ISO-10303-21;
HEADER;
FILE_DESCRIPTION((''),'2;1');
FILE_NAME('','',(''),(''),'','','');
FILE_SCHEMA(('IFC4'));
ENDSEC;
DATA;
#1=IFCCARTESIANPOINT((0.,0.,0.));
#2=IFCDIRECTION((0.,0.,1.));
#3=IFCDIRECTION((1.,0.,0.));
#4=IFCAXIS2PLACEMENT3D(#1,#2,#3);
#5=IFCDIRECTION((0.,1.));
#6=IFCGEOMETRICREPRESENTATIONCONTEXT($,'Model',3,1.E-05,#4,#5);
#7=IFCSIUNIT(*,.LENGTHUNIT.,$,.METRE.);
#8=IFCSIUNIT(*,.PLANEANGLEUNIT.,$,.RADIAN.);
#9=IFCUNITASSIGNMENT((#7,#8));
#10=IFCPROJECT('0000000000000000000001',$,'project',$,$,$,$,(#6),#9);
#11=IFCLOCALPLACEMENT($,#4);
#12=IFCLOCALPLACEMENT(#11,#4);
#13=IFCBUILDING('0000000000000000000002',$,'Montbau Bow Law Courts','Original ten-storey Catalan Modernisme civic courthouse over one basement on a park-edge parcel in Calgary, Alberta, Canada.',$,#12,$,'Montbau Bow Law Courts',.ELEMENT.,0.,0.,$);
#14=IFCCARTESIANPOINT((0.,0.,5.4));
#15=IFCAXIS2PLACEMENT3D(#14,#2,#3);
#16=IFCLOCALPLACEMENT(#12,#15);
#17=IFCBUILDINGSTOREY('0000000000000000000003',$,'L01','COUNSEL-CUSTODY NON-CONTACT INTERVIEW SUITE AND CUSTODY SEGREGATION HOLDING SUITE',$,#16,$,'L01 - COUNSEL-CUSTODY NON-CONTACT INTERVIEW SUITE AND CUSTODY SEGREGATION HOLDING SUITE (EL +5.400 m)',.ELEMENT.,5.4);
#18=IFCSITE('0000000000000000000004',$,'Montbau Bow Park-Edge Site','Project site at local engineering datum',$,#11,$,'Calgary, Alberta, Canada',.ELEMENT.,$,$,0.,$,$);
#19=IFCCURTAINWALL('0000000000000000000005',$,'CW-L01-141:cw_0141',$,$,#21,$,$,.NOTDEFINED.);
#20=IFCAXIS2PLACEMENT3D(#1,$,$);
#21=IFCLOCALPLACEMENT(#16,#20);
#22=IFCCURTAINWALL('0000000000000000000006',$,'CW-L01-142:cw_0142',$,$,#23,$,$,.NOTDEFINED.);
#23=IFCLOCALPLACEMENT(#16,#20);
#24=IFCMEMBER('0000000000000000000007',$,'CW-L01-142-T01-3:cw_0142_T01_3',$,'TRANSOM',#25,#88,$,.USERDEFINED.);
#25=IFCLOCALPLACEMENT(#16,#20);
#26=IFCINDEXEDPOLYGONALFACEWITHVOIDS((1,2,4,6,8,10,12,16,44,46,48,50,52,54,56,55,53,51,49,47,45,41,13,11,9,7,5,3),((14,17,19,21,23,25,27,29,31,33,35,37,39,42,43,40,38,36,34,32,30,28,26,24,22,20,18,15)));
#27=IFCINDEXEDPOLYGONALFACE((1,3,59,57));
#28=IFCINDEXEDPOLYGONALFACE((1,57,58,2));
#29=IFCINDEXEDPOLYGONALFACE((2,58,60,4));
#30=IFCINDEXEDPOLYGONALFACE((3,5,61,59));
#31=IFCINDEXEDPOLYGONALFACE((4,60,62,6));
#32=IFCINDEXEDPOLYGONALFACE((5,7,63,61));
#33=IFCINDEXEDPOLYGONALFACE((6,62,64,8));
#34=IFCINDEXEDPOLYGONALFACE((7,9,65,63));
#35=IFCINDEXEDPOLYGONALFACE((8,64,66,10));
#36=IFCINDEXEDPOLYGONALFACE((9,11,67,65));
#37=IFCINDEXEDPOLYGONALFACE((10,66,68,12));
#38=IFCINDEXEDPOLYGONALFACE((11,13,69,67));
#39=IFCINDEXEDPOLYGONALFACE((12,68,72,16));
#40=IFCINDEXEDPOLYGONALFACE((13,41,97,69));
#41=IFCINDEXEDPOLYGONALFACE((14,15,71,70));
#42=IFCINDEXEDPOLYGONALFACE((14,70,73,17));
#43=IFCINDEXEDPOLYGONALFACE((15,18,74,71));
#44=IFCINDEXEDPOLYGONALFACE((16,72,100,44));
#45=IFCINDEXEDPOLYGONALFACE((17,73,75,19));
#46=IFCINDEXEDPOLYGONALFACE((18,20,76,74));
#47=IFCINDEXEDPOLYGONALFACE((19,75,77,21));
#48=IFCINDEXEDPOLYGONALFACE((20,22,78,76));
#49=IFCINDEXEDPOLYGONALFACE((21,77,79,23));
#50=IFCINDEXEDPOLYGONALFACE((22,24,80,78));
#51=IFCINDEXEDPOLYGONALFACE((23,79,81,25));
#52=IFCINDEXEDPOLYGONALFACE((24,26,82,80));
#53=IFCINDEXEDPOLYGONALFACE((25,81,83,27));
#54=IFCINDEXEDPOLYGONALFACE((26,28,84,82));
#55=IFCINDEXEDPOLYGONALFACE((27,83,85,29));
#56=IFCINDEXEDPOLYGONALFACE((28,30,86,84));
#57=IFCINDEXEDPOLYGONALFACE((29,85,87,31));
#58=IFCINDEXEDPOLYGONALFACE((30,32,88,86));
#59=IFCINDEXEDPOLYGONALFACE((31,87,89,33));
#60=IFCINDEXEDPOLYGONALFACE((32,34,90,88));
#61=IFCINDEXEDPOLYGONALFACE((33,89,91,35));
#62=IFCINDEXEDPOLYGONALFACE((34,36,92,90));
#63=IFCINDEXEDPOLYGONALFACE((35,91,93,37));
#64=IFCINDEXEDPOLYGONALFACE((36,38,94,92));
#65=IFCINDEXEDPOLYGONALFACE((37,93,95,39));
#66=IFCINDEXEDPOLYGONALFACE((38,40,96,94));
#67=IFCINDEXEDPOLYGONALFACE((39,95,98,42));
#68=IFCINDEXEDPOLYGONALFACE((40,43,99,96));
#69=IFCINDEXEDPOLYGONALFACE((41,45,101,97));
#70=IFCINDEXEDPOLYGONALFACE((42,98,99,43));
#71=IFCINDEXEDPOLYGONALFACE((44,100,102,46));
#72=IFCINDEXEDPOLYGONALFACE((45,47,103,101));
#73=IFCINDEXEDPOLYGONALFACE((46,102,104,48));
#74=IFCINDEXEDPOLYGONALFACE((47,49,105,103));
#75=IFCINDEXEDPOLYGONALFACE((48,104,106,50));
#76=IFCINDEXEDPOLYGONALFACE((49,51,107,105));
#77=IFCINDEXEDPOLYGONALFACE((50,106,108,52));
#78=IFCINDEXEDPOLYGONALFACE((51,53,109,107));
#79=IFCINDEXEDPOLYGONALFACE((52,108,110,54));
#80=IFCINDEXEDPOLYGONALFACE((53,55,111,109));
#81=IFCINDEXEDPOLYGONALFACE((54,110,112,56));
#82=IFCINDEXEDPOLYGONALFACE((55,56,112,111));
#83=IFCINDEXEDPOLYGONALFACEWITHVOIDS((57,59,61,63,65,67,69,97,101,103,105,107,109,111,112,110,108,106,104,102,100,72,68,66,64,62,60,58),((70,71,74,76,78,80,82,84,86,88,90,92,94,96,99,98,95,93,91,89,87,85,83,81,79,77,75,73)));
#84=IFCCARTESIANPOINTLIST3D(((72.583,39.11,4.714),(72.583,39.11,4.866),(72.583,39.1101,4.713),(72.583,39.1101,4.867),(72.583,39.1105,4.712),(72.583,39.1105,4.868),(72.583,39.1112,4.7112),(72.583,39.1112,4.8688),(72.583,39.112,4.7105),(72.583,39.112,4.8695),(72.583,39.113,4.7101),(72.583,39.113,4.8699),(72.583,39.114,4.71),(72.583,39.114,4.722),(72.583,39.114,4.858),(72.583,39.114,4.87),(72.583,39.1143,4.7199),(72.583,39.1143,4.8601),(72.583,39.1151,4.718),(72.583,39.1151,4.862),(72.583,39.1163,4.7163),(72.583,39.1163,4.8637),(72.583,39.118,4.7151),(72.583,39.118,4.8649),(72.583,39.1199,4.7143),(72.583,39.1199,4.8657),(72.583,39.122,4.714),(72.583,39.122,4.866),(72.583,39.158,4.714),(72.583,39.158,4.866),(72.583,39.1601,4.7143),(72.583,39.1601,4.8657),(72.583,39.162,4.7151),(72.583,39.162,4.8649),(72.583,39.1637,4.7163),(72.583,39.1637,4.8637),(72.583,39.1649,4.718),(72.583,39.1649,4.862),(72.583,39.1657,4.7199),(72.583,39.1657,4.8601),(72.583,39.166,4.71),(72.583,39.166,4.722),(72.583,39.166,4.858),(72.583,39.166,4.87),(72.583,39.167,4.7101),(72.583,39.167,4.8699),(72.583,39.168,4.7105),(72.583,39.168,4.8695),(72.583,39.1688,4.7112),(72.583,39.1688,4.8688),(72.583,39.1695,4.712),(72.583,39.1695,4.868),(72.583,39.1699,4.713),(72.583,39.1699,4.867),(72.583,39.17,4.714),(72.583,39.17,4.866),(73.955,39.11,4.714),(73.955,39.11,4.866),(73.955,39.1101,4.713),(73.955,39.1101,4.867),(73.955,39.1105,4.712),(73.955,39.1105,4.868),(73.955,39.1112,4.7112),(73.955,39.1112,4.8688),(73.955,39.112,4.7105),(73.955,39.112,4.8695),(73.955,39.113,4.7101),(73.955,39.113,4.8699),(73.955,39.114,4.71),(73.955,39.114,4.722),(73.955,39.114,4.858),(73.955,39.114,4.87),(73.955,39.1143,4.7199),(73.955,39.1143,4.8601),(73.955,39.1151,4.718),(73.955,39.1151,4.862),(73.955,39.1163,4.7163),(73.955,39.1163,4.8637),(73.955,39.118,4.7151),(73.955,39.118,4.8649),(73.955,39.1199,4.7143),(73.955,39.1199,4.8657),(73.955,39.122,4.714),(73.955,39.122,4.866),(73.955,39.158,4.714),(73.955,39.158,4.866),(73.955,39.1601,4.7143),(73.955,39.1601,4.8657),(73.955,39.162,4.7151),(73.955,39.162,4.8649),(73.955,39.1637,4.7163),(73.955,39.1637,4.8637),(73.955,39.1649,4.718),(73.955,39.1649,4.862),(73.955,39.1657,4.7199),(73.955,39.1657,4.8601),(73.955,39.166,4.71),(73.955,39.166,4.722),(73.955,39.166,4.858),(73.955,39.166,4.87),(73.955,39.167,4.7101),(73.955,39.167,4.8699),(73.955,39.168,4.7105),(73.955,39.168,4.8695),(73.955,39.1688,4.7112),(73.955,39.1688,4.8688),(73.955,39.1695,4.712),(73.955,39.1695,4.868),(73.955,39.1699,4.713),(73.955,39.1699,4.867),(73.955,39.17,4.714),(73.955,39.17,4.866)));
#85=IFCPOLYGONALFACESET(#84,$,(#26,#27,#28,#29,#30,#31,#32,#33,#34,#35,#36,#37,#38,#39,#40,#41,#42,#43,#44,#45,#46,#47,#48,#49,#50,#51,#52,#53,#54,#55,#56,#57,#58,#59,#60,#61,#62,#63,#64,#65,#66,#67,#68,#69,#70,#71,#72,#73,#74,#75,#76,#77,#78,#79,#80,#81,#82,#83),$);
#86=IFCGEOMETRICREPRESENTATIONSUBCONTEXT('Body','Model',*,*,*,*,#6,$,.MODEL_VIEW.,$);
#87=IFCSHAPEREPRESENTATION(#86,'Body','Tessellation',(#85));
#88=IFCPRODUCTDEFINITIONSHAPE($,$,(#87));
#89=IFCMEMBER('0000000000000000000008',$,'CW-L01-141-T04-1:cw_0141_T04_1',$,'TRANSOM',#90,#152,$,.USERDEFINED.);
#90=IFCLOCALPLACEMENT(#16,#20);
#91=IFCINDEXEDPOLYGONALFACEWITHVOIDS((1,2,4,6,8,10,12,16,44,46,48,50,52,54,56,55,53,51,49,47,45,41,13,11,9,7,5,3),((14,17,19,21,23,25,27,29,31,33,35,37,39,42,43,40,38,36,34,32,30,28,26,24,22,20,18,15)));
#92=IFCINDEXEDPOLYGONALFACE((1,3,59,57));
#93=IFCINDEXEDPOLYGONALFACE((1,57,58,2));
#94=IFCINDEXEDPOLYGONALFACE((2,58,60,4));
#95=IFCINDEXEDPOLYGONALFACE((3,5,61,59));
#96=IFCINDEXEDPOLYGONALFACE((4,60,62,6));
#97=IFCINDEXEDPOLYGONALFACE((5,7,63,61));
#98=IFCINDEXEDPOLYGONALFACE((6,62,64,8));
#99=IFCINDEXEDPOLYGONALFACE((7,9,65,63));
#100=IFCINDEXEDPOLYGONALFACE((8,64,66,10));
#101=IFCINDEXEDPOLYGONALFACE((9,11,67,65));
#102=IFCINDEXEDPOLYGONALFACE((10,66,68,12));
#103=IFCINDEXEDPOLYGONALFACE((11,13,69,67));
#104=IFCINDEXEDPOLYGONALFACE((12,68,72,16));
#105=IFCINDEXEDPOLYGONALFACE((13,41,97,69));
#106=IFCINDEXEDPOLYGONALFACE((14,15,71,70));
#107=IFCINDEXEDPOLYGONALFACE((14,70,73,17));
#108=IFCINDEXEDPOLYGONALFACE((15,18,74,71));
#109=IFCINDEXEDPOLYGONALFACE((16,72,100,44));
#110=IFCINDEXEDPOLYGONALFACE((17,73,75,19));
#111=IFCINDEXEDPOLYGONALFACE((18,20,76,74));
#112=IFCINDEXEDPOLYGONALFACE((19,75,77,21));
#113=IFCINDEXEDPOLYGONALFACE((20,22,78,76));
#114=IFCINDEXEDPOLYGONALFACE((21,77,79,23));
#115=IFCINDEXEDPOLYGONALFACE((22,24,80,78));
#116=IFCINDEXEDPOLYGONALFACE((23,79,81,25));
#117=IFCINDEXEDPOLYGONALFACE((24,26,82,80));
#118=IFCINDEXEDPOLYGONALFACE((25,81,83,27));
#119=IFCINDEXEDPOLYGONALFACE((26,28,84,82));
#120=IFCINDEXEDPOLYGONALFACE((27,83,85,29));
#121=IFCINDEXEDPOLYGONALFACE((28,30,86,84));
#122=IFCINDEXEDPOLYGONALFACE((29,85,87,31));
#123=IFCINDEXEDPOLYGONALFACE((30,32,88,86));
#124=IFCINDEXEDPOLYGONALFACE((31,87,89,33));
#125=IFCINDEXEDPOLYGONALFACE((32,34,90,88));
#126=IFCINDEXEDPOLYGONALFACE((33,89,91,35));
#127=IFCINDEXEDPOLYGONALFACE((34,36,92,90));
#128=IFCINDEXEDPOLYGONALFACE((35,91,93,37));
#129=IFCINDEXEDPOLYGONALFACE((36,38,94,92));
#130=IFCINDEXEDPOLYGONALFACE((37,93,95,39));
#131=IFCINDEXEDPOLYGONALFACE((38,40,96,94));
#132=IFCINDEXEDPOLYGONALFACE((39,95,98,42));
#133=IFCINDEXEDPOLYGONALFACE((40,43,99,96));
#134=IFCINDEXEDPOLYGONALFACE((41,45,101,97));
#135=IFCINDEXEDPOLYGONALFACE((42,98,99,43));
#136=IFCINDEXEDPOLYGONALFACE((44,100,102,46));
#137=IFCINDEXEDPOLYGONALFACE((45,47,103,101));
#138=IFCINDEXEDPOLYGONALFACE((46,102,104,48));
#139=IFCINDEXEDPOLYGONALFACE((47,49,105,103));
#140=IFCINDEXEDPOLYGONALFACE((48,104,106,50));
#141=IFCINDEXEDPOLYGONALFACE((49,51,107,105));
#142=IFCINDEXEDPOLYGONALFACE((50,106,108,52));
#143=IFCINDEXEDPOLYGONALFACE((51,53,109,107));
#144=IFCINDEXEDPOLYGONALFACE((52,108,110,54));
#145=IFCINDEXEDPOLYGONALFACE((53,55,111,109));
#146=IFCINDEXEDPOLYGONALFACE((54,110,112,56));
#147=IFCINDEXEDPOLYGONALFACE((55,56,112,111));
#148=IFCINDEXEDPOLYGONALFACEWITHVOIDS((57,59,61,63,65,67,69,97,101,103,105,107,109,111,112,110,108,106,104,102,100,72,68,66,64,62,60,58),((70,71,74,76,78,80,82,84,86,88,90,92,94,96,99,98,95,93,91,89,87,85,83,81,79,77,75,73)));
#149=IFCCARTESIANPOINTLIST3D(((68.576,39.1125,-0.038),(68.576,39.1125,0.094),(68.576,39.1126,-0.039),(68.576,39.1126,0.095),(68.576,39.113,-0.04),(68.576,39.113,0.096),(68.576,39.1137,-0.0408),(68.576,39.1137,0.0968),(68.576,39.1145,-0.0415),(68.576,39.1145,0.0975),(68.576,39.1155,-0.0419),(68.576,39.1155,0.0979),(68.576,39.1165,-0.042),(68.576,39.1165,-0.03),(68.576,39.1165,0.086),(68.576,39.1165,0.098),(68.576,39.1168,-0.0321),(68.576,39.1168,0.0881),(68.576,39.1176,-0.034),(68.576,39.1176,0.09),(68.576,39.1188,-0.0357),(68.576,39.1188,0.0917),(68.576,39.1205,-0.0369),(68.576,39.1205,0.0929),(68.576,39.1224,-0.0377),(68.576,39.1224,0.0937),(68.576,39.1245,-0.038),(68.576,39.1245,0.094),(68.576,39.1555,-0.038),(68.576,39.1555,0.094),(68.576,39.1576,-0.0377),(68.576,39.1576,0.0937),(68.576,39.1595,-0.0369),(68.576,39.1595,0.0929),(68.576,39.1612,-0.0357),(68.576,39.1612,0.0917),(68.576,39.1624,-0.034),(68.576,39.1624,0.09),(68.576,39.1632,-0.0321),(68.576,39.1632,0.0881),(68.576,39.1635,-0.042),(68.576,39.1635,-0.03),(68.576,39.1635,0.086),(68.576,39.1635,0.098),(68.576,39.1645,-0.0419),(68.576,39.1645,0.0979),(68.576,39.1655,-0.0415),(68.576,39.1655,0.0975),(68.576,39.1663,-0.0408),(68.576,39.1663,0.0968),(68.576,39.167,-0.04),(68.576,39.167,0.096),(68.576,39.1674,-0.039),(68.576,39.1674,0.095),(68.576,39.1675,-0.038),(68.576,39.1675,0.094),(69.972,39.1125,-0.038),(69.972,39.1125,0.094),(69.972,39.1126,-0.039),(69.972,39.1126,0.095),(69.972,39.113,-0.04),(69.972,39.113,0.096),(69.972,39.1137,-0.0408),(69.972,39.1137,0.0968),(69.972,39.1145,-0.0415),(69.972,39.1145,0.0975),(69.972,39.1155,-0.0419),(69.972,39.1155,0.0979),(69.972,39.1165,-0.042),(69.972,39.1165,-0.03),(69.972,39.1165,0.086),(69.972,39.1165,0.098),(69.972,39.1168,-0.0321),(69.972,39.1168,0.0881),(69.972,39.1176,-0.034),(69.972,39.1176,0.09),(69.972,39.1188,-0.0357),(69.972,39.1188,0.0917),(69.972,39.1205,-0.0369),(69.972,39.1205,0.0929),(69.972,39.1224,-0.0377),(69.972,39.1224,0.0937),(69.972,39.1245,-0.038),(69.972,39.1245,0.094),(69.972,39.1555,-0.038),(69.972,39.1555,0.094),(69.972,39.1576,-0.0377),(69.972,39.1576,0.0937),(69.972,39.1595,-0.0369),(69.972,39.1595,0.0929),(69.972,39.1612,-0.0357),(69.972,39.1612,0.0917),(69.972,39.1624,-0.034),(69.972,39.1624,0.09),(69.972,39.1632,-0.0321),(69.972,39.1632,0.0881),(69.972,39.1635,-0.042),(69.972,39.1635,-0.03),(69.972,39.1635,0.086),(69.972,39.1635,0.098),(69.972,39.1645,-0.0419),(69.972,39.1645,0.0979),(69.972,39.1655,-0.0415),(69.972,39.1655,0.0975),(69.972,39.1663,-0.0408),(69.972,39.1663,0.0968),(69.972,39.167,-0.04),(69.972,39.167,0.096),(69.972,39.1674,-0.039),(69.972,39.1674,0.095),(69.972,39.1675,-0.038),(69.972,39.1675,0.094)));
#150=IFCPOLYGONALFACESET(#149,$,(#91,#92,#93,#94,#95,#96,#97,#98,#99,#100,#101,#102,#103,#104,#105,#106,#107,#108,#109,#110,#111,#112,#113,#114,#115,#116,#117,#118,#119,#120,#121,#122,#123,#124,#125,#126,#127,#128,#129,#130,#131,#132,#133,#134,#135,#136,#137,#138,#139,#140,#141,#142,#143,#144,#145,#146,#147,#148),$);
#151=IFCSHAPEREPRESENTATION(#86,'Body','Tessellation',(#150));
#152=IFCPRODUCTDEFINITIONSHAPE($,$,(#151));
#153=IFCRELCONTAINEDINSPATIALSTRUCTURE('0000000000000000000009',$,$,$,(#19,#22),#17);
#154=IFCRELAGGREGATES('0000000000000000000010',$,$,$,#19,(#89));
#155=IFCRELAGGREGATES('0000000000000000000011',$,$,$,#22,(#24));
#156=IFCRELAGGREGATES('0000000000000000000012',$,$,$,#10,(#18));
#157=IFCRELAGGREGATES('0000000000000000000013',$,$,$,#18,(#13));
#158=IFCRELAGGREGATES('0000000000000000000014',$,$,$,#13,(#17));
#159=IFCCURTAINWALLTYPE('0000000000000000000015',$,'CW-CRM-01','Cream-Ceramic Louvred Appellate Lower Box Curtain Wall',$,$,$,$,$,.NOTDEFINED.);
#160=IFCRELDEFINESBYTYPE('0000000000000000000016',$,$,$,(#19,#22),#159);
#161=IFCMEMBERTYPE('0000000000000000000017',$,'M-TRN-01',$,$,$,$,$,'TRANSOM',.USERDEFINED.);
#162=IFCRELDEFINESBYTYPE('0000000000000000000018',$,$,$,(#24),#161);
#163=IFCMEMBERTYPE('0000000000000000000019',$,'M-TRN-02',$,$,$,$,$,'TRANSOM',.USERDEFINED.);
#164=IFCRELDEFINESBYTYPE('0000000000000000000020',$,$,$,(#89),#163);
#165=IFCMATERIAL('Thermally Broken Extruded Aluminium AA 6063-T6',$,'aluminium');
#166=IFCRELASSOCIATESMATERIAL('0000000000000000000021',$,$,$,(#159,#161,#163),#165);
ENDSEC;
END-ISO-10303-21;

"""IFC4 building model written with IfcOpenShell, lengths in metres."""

from ifc_helpers import new_model, si_unit, direction, frame, origin_with_axes, origin_2d_with_axis, place, context, subcontext, project, spatial, hollow_rectangle, extrude, material, material_profile, profile_set, type_object, element, aggregate, save


model = new_model("IFC4")

# Units and contexts
model_context = context("Model", 3, precision=1e-05, world=origin_with_axes(), true_north=direction((0.0, 1.0)))
body_context = subcontext(model_context, "Body", "Model", "MODEL_VIEW")
ifc_project = project(units=[si_unit("LENGTHUNIT", "METRE"), si_unit("PLANEANGLEUNIT", "RADIAN")], contexts=[model_context])

# Site, building, storey
site_placement = place(None, origin_with_axes())
site = spatial("IfcSite", under=ifc_project, at=site_placement, Name="Montbau Bow Park-Edge Site", Description="Project site at local engineering datum", LongName="Calgary, Alberta, Canada", CompositionType="ELEMENT", RefElevation=0.0)
building_placement = place(site_placement, origin_with_axes())
building = spatial("IfcBuilding", under=site, at=building_placement, Name="Montbau Bow Law Courts", Description="Original ten-storey Catalan Modernisme civic courthouse over one basement on a park-edge parcel in Calgary, Alberta, Canada.", LongName="Montbau Bow Law Courts", CompositionType="ELEMENT", ElevationOfRefHeight=0.0, ElevationOfTerrain=0.0)
storey_placement = place(building_placement, frame((0.0, 0.0, 5.4), z_axis=(0.0, 0.0, 1.0), x_axis=(1.0, 0.0, 0.0)))
storey = spatial("IfcBuildingStorey", under=building, at=storey_placement, Name="L01", Description="COUNSEL-CUSTODY NON-CONTACT INTERVIEW SUITE AND CUSTODY SEGREGATION HOLDING SUITE", LongName="L01 - COUNSEL-CUSTODY NON-CONTACT INTERVIEW SUITE AND CUSTODY SEGREGATION HOLDING SUITE (EL +5.400 m)", CompositionType="ELEMENT", Elevation=5.4)

# Curtain walls, member
ifc_material_1 = material(Name="Thermally Broken Extruded Aluminium AA 6063-T6", Category="aluminium")
curtain_wall_type = type_object("IfcCurtainWallType", Name="CW-CRM-01", Description="Cream-Ceramic Louvred Appellate Lower Box Curtain Wall", PredefinedType="NOTDEFINED", material=ifc_material_1)
curtain_wall_1_placement = place(None, frame((64.115, 39.14, 5.4), z_axis=(0.0, 0.0, 1.0), x_axis=(1.0, 0.0, 0.0)))
curtain_wall_1 = element("IfcCurtainWall", 1, at=curtain_wall_1_placement, inside=storey, type_object=curtain_wall_type, Name="CW-L01-141:cw_0141", PredefinedType="NOTDEFINED")
curtain_wall_2_placement = place(None, frame((72.515, 39.14, 5.4), z_axis=(0.0, 0.0, 1.0), x_axis=(1.0, 0.0, 0.0)))
curtain_wall_2 = element("IfcCurtainWall", 2, at=curtain_wall_2_placement, inside=storey, type_object=curtain_wall_type, Name="CW-L01-142:cw_0142", PredefinedType="NOTDEFINED")
ifc_material_profile_1 = material_profile(ifc_material_1, hollow_rectangle(XDim=0.06, YDim=0.16, WallThickness=0.004, InnerFilletRadius=0.008, OuterFilletRadius=0.004, at=origin_2d_with_axis()), Name="CWT-160X60", Category="Main", Priority=0)
ifc_profile_set_1 = profile_set([ifc_material_profile_1], Name="Thermally Broken Extruded Aluminium AA 6063-T6")
member_type_1 = type_object("IfcMemberType", Name="M-TRN-01", ElementType="TRANSOM", PredefinedType="USERDEFINED", material=ifc_profile_set_1)
member_1_placement = place(None, frame((72.583, 39.14, 10.19), z_axis=(1.0, 0.0, 0.0), x_axis=(0.0, 1.0, 0.0)))
member_1 = element("IfcMember", 3, at=member_1_placement, type_object=member_type_1, Name="CW-L01-142-T01-3:cw_0142_T01_3", ObjectType="TRANSOM", PredefinedType="USERDEFINED", context=body_context, shape_type="SweptSolid", body=[
    extrude(hollow_rectangle(XDim=0.06, YDim=0.16, WallThickness=0.004, InnerFilletRadius=0.008, OuterFilletRadius=0.004, at=origin_2d_with_axis()), origin_with_axes(), (0.0, 0.0, 1.0), 1.372),
])

# Member
ifc_material_profile_2 = material_profile(ifc_material_1, hollow_rectangle(XDim=0.055, YDim=0.14, WallThickness=0.004, InnerFilletRadius=0.008, OuterFilletRadius=0.004, at=origin_2d_with_axis()), Name="CWT-140X55", Category="Main", Priority=0)
ifc_profile_set_2 = profile_set([ifc_material_profile_2], Name="Thermally Broken Extruded Aluminium AA 6063-T6")
member_type_2 = type_object("IfcMemberType", Name="M-TRN-02", ElementType="TRANSOM", PredefinedType="USERDEFINED", material=ifc_profile_set_2)
member_2_placement = place(None, frame((68.576, 39.14, 5.428), z_axis=(1.0, 0.0, 0.0), x_axis=(0.0, 1.0, 0.0)))
member_2 = element("IfcMember", 4, at=member_2_placement, type_object=member_type_2, Name="CW-L01-141-T04-1:cw_0141_T04_1", ObjectType="TRANSOM", PredefinedType="USERDEFINED", context=body_context, shape_type="SweptSolid", body=[
    extrude(hollow_rectangle(XDim=0.055, YDim=0.14, WallThickness=0.004, InnerFilletRadius=0.008, OuterFilletRadius=0.004, at=origin_2d_with_axis()), origin_with_axes(), (0.0, 0.0, 1.0), 1.396),
])

aggregate(curtain_wall_1, [member_2])
aggregate(curtain_wall_2, [member_1])

save(model, "model.ifc")
